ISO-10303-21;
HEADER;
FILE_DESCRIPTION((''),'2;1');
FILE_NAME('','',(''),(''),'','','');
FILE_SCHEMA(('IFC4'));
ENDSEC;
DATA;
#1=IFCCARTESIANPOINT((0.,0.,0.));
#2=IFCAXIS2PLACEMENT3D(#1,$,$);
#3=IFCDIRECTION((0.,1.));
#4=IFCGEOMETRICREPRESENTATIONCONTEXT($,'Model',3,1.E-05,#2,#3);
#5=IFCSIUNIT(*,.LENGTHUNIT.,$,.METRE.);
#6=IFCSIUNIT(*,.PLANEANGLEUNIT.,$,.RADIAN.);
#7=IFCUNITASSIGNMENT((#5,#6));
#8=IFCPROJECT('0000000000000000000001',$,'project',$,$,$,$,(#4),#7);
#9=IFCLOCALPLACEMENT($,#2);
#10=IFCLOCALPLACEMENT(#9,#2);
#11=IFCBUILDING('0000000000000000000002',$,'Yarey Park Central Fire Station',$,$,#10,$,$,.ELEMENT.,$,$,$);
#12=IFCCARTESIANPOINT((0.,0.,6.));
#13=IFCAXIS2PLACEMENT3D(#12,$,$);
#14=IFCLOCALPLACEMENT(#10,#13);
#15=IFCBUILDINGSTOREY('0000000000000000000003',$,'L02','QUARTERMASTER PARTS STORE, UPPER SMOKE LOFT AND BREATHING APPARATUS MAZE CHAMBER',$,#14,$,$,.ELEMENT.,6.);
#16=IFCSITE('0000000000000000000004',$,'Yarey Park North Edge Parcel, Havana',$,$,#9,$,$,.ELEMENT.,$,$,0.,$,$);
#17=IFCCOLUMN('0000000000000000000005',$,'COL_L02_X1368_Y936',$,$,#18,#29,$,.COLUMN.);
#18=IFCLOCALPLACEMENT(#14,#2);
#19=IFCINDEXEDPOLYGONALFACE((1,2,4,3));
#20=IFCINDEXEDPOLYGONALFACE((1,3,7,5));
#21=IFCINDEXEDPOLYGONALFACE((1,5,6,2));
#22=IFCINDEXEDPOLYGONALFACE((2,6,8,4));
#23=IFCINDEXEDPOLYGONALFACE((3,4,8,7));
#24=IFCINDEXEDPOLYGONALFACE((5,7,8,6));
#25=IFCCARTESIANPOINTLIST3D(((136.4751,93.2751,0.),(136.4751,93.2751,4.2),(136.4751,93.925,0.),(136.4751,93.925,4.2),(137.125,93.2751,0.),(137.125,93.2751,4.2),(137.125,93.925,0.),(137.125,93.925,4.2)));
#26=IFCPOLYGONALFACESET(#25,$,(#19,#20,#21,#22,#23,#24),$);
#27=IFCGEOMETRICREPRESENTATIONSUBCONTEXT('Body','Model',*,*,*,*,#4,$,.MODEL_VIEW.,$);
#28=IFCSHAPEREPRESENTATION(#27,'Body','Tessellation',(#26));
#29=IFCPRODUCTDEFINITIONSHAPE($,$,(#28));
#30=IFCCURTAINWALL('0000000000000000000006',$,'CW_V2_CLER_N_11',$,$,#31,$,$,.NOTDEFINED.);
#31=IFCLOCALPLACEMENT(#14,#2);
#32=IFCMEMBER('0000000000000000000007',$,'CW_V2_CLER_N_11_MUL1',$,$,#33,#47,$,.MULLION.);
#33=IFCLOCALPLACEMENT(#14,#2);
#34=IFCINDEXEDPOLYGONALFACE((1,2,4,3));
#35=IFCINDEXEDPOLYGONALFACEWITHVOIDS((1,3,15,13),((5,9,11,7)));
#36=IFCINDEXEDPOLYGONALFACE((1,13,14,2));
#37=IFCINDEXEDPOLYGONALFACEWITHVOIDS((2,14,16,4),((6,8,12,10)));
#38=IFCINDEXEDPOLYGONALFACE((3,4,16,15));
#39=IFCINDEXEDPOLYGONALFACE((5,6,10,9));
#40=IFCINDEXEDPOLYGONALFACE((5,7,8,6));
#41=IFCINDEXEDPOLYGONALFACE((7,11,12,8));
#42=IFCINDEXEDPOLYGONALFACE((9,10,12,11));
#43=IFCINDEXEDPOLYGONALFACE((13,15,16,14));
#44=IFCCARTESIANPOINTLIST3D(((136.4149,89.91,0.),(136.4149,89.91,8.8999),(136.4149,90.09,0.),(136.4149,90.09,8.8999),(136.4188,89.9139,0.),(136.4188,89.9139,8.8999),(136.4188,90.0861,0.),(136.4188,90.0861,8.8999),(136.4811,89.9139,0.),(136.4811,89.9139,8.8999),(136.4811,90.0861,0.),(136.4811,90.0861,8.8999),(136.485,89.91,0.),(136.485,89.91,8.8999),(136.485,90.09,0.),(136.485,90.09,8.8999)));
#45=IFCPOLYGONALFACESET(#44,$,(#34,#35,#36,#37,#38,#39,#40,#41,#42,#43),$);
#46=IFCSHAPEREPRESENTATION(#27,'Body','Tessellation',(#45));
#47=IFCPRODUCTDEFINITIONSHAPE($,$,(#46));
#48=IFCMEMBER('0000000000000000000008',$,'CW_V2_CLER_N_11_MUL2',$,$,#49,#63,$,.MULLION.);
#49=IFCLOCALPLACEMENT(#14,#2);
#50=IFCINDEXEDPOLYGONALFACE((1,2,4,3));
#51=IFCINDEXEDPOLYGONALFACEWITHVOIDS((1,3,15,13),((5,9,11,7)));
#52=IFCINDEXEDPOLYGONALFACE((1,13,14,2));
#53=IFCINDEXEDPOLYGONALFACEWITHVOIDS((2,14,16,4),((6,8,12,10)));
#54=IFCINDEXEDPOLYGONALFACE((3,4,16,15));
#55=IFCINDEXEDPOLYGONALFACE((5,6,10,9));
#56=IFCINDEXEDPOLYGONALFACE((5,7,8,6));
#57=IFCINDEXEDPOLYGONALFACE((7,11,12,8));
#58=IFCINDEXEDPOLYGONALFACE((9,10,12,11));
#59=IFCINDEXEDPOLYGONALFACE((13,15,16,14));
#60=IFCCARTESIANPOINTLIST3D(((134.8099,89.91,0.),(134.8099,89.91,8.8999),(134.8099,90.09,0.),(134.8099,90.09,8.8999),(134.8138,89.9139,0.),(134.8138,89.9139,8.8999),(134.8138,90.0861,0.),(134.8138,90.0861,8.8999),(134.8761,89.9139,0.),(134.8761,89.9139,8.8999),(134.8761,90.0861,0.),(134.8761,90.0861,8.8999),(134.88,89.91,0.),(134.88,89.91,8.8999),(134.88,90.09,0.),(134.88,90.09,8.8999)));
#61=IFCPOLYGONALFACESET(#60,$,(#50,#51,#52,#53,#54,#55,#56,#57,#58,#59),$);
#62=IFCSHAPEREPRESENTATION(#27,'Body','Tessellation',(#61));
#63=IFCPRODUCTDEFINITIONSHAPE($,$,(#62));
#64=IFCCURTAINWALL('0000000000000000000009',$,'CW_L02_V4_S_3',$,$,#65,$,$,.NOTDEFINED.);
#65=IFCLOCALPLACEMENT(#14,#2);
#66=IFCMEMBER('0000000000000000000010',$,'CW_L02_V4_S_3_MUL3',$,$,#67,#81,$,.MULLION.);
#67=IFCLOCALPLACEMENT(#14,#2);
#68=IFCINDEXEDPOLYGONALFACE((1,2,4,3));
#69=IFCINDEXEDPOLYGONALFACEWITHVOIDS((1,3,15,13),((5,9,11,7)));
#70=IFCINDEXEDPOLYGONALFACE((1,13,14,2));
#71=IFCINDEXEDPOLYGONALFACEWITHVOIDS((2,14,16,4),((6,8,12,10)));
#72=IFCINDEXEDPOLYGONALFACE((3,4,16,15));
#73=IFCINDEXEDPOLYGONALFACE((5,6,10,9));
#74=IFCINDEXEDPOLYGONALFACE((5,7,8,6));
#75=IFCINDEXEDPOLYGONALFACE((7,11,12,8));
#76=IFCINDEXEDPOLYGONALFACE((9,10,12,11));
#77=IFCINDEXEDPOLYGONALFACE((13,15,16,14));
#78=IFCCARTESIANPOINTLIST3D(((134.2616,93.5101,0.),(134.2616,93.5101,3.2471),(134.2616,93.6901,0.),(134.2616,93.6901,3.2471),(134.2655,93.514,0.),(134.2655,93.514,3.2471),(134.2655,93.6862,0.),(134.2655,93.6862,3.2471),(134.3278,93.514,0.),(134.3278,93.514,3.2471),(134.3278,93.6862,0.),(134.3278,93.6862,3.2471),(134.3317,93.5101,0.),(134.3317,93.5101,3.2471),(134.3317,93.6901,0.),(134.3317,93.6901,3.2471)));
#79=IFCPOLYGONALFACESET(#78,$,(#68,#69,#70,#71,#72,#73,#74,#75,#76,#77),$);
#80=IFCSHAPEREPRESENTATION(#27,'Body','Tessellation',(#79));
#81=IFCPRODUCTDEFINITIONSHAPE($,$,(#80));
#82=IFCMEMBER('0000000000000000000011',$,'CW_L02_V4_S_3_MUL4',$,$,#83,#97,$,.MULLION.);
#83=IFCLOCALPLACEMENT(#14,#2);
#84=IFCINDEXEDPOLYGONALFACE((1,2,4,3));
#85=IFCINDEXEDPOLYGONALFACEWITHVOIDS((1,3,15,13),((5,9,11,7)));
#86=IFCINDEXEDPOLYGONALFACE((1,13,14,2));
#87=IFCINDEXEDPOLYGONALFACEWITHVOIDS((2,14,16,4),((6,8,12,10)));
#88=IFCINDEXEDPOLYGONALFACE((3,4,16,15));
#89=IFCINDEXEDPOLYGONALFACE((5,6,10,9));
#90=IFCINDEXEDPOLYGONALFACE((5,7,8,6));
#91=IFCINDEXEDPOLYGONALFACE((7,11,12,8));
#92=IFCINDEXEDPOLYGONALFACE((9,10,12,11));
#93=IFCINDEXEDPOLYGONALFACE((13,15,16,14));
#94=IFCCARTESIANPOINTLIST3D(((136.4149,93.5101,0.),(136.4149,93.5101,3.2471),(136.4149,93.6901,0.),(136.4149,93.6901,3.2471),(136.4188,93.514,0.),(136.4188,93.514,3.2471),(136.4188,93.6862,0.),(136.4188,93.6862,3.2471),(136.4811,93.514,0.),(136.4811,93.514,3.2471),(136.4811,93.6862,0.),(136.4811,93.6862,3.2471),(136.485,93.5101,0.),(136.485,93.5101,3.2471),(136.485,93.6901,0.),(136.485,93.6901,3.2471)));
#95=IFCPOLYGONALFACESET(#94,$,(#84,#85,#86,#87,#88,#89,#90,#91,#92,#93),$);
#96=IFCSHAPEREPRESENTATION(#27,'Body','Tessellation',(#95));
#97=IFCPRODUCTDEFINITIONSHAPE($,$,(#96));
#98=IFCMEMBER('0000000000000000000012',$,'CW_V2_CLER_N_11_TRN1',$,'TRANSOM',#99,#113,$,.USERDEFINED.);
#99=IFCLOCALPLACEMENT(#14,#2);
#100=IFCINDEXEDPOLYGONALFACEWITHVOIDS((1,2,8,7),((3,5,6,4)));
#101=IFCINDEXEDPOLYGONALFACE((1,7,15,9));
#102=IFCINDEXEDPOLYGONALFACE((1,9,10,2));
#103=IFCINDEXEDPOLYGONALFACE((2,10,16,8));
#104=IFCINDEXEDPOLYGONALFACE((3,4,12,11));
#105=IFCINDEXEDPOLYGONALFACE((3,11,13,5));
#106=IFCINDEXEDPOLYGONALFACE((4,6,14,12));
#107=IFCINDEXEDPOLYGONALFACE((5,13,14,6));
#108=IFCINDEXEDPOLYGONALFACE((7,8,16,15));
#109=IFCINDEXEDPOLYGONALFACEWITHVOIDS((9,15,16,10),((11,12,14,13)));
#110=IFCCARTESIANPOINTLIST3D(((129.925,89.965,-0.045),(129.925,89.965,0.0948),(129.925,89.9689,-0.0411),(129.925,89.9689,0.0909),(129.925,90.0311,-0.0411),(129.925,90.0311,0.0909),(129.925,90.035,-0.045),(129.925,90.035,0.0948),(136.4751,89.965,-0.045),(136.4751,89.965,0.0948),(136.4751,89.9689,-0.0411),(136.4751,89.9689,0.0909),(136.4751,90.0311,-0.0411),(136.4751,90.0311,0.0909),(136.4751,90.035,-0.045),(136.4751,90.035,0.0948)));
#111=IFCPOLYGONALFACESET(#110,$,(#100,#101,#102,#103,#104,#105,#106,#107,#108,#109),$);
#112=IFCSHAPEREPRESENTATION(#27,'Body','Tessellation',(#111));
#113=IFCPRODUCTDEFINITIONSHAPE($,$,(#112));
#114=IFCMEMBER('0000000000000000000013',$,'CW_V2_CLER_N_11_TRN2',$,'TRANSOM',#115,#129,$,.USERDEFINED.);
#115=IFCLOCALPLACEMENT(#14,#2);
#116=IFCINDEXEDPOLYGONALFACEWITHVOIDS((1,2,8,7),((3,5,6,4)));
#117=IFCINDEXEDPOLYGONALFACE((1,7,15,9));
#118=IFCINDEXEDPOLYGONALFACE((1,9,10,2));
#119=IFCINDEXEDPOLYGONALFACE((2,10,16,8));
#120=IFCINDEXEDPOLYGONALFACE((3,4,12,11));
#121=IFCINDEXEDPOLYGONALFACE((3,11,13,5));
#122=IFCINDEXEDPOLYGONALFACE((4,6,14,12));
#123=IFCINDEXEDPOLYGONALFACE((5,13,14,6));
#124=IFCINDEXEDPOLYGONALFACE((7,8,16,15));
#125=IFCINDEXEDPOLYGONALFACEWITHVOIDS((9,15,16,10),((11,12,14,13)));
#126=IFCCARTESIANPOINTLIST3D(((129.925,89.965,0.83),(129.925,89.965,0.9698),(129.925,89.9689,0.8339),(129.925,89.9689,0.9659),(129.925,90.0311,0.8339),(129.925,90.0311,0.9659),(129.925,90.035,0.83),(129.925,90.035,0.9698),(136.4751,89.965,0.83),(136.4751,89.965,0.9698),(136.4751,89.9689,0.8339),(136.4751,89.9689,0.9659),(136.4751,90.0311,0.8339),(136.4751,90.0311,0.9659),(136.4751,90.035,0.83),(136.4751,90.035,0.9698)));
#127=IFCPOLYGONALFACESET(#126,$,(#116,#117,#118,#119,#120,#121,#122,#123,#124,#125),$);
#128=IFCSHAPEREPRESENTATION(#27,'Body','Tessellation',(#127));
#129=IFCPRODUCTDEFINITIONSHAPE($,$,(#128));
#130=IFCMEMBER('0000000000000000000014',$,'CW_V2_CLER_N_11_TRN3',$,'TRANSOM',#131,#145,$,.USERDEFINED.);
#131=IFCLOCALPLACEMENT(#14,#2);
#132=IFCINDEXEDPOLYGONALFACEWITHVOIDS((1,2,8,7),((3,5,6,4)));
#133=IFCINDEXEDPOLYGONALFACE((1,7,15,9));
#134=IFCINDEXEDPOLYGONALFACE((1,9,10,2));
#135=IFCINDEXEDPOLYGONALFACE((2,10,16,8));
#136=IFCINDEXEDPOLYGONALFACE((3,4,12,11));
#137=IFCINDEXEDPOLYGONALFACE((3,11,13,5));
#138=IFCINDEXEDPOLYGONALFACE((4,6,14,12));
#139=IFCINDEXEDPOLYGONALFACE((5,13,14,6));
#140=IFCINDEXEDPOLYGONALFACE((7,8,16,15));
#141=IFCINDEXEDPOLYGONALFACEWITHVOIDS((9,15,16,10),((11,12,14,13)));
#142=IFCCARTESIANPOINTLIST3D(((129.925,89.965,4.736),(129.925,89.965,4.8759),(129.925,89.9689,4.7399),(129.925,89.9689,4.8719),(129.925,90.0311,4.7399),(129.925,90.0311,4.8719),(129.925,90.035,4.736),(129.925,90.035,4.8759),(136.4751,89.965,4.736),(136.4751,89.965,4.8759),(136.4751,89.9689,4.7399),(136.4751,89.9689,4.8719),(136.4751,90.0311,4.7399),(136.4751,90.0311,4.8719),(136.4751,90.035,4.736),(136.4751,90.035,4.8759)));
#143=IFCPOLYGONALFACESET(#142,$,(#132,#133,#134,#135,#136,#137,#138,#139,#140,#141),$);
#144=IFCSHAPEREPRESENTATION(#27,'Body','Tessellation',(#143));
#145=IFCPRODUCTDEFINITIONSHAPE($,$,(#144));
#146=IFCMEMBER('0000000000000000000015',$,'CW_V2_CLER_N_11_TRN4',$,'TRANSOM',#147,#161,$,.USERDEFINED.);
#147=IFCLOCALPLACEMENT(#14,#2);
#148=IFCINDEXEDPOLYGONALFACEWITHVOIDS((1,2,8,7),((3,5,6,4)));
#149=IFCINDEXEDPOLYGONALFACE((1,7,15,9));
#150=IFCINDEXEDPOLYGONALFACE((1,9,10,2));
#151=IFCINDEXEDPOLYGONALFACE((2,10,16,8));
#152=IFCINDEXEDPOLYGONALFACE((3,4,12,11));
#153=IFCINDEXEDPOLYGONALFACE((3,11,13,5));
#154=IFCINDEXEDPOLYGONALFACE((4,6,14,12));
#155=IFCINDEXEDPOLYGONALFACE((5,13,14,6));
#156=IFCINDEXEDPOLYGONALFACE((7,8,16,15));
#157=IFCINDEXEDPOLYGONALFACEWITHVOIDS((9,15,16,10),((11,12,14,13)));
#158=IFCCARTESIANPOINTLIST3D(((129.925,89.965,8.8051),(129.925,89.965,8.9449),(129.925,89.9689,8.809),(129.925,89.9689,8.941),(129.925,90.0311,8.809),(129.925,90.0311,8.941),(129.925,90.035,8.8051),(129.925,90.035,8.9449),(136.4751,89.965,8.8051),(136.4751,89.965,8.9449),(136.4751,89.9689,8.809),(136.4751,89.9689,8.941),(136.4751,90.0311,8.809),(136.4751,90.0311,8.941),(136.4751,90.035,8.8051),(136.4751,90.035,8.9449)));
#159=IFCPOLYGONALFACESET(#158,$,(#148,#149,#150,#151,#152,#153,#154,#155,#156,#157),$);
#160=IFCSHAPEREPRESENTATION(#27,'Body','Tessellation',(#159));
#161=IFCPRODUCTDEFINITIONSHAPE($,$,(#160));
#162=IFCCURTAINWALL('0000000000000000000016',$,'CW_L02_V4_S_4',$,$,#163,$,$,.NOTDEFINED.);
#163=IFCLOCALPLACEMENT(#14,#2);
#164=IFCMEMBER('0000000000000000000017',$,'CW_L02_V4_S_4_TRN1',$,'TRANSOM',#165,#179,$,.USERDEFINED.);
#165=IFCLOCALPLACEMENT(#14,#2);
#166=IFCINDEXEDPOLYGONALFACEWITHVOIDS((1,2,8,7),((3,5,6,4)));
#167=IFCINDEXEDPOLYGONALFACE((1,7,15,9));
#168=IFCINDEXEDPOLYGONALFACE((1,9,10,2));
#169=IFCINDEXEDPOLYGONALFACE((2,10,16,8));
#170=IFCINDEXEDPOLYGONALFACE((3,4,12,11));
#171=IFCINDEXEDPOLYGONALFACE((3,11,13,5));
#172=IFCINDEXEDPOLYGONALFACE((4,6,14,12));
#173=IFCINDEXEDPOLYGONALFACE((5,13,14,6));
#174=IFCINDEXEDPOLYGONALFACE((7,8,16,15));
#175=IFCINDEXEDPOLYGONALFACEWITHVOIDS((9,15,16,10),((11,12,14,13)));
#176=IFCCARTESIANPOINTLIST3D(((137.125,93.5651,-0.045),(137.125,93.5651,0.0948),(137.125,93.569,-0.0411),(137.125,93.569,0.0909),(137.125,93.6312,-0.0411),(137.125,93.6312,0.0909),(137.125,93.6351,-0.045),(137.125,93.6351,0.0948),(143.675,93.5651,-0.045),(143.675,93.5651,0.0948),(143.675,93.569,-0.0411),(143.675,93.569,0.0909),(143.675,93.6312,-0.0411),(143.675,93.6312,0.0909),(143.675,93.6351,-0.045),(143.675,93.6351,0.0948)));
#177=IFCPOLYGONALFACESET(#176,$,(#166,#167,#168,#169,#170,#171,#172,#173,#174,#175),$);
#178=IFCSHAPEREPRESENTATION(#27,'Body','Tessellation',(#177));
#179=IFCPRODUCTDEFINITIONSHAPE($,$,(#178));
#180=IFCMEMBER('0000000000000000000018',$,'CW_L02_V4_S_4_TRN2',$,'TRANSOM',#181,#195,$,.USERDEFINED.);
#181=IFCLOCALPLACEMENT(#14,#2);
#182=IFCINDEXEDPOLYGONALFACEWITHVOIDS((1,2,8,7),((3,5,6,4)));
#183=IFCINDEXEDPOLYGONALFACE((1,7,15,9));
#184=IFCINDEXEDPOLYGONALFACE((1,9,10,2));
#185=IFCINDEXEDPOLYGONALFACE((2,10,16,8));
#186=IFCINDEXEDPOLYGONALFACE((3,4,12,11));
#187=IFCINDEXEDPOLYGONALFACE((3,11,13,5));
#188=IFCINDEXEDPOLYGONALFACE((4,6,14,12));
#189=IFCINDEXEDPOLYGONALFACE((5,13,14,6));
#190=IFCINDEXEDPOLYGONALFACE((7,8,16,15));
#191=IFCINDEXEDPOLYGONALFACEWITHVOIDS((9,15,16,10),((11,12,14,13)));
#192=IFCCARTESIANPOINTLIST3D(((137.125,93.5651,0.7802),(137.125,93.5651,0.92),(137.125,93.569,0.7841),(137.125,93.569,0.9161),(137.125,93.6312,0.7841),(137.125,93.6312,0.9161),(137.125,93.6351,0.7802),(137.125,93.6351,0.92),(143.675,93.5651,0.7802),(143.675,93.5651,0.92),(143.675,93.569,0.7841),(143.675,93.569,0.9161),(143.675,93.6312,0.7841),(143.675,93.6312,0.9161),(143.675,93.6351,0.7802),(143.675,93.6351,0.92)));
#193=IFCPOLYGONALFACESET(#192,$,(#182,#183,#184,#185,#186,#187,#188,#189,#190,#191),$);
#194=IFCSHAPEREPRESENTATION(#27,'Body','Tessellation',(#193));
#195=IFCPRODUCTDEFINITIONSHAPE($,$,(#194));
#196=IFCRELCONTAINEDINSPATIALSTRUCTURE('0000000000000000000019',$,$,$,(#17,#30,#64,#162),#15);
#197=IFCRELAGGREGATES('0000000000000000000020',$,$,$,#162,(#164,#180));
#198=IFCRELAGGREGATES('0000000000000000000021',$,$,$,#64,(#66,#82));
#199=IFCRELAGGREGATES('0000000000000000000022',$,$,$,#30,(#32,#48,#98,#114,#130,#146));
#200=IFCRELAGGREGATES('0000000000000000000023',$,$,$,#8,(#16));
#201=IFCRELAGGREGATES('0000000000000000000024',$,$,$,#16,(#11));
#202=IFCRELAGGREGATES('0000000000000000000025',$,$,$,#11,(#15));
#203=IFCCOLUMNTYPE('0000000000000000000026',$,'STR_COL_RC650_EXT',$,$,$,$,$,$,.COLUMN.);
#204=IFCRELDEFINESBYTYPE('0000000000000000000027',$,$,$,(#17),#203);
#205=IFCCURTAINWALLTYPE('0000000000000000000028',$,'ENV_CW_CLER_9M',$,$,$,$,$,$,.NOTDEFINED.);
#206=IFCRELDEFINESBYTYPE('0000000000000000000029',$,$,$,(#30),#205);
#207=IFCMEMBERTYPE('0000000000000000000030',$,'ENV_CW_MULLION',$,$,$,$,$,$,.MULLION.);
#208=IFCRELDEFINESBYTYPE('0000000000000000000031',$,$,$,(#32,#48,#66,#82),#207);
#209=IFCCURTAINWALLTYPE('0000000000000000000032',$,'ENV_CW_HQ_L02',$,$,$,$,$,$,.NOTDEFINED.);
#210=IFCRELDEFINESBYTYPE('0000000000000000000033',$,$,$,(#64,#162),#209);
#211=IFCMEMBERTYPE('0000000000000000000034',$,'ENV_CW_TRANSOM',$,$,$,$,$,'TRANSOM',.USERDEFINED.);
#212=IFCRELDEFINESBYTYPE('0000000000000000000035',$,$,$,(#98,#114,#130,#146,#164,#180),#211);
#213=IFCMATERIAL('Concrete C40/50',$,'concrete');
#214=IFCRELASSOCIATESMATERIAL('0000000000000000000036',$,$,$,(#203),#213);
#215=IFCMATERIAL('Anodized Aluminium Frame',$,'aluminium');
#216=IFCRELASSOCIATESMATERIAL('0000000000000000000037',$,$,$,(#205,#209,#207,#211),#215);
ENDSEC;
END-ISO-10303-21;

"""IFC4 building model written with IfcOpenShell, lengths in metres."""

from ifc_helpers import new_model, si_unit, direction, frame, origin, origin_2d, place, context, subcontext, project, spatial, rectangle, hollow_rectangle, extrude, material, material_profile, profile_set, type_object, element, aggregate, save


model = new_model("IFC4")

# Units and contexts
model_context = context("Model", 3, precision=1e-05, world=origin(), true_north=direction((0.0, 1.0)))
body_context = subcontext(model_context, "Body", "Model", "MODEL_VIEW")
ifc_project = project(units=[si_unit("LENGTHUNIT", "METRE"), si_unit("PLANEANGLEUNIT", "RADIAN")], contexts=[model_context])

# Site, building, storey
site_placement = place(None, origin())
site = spatial("IfcSite", under=ifc_project, at=site_placement, Name="Yarey Park North Edge Parcel, Havana", CompositionType="ELEMENT", RefElevation=0.0)
building_placement = place(site_placement, origin())
building = spatial("IfcBuilding", under=site, at=building_placement, Name="Yarey Park Central Fire Station", CompositionType="ELEMENT")
storey_placement = place(building_placement, frame((0.0, 0.0, 6.0)))
storey = spatial("IfcBuildingStorey", under=building, at=storey_placement, Name="L02", Description="QUARTERMASTER PARTS STORE, UPPER SMOKE LOFT AND BREATHING APPARATUS MAZE CHAMBER", CompositionType="ELEMENT", Elevation=6.0)

# Column
ifc_material_1 = material(Name="Concrete C40/50", Category="concrete")
ifc_material_profile_1 = material_profile(ifc_material_1, rectangle(XDim=0.6499, YDim=0.6499, at=origin_2d()), Name="RC 650x650")
ifc_profile_set_1 = profile_set([ifc_material_profile_1], Name="Concrete C40/50")
column_type = type_object("IfcColumnType", Name="STR_COL_RC650_EXT", PredefinedType="COLUMN", material=ifc_profile_set_1)
column_placement = place(storey_placement, frame((136.8, 93.6001, 0.0), z_axis=(0.0, 0.0, 1.0), x_axis=(1.0, 0.0, 0.0)))
element("IfcColumn", 1, at=column_placement, inside=storey, type_object=column_type, Name="COL_L02_X1368_Y936", PredefinedType="COLUMN", context=body_context, shape_type="SweptSolid", body=[
    extrude(rectangle(XDim=0.6499, YDim=0.6499, at=origin_2d()), origin(), (0.0, 0.0, 1.0), 4.2),
])

# Curtain walls, members
ifc_material_2 = material(Name="Anodized Aluminium Frame", Category="aluminium")
curtain_wall_type_1 = type_object("IfcCurtainWallType", Name="ENV_CW_CLER_9M", PredefinedType="NOTDEFINED", material=ifc_material_2)
curtain_wall_1_placement = place(storey_placement, origin())
curtain_wall_1 = element("IfcCurtainWall", 2, at=curtain_wall_1_placement, inside=storey, type_object=curtain_wall_type_1, Name="CW_V2_CLER_N_11", PredefinedType="NOTDEFINED")
ifc_material_profile_2 = material_profile(ifc_material_2, hollow_rectangle(XDim=0.0701, YDim=0.1799, WallThickness=0.0039, at=origin_2d()), Name="ALU 180x70x4")
ifc_profile_set_2 = profile_set([ifc_material_profile_2], Name="Anodized Aluminium Frame")
member_type_1 = type_object("IfcMemberType", Name="ENV_CW_MULLION", PredefinedType="MULLION", material=ifc_profile_set_2)
member_1_placement = place(storey_placement, frame((136.45, 90.0, 0.0), z_axis=(0.0, 0.0, 1.0), x_axis=(1.0, 0.0, 0.0)))
member_1 = element("IfcMember", 3, at=member_1_placement, type_object=member_type_1, Name="CW_V2_CLER_N_11_MUL1", PredefinedType="MULLION", context=body_context, shape_type="SweptSolid", body=[
    extrude(hollow_rectangle(XDim=0.0701, YDim=0.1799, WallThickness=0.0039, at=origin_2d()), origin(), (0.0, 0.0, 1.0), 8.8999),
])
member_2_placement = place(storey_placement, frame((134.845, 90.0, 0.0), z_axis=(0.0, 0.0, 1.0), x_axis=(1.0, 0.0, 0.0)))
member_2 = element("IfcMember", 4, at=member_2_placement, type_object=member_type_1, Name="CW_V2_CLER_N_11_MUL2", PredefinedType="MULLION", context=body_context, shape_type="SweptSolid", body=[
    extrude(hollow_rectangle(XDim=0.0701, YDim=0.1799, WallThickness=0.0039, at=origin_2d()), origin(), (0.0, 0.0, 1.0), 8.8999),
])
curtain_wall_type_2 = type_object("IfcCurtainWallType", Name="ENV_CW_HQ_L02", PredefinedType="NOTDEFINED", material=ifc_material_2)
curtain_wall_2_placement = place(storey_placement, origin())
curtain_wall_2 = element("IfcCurtainWall", 5, at=curtain_wall_2_placement, inside=storey, type_object=curtain_wall_type_2, Name="CW_L02_V4_S_3", PredefinedType="NOTDEFINED")
member_3_placement = place(storey_placement, frame((134.2966, 93.6001, 0.0), z_axis=(0.0, 0.0, 1.0), x_axis=(1.0, 0.0, 0.0)))
member_3 = element("IfcMember", 6, at=member_3_placement, type_object=member_type_1, Name="CW_L02_V4_S_3_MUL3", PredefinedType="MULLION", context=body_context, shape_type="SweptSolid", body=[
    extrude(hollow_rectangle(XDim=0.0701, YDim=0.1799, WallThickness=0.0039, at=origin_2d()), origin(), (0.0, 0.0, 1.0), 3.2471),
])
member_4_placement = place(storey_placement, frame((136.45, 93.6001, 0.0), z_axis=(0.0, 0.0, 1.0), x_axis=(1.0, 0.0, 0.0)))
member_4 = element("IfcMember", 7, at=member_4_placement, type_object=member_type_1, Name="CW_L02_V4_S_3_MUL4", PredefinedType="MULLION", context=body_context, shape_type="SweptSolid", body=[
    extrude(hollow_rectangle(XDim=0.0701, YDim=0.1799, WallThickness=0.0039, at=origin_2d()), origin(), (0.0, 0.0, 1.0), 3.2471),
])

# Members
ifc_material_profile_3 = material_profile(ifc_material_2, hollow_rectangle(XDim=0.0701, YDim=0.1399, WallThickness=0.0039, at=origin_2d()), Name="ALU 140x70x4")
ifc_profile_set_3 = profile_set([ifc_material_profile_3], Name="Anodized Aluminium Frame")
member_type_2 = type_object("IfcMemberType", Name="ENV_CW_TRANSOM", ElementType="TRANSOM", PredefinedType="USERDEFINED", material=ifc_profile_set_3)
member_5_placement = place(storey_placement, frame((136.4751, 90.0, 0.0249), z_axis=(-1.0, 0.0, 0.0), x_axis=(0.0, -1.0, 0.0)))
member_5 = element("IfcMember", 8, at=member_5_placement, type_object=member_type_2, Name="CW_V2_CLER_N_11_TRN1", ObjectType="TRANSOM", PredefinedType="USERDEFINED", context=body_context, shape_type="SweptSolid", body=[
    extrude(hollow_rectangle(XDim=0.0701, YDim=0.1399, WallThickness=0.0039, at=origin_2d()), origin(), (0.0, 0.0, 1.0), 6.55),
])
member_6_placement = place(storey_placement, frame((136.4751, 90.0, 0.8999), z_axis=(-1.0, 0.0, 0.0), x_axis=(0.0, -1.0, 0.0)))
member_6 = element("IfcMember", 9, at=member_6_placement, type_object=member_type_2, Name="CW_V2_CLER_N_11_TRN2", ObjectType="TRANSOM", PredefinedType="USERDEFINED", context=body_context, shape_type="SweptSolid", body=[
    extrude(hollow_rectangle(XDim=0.0701, YDim=0.1399, WallThickness=0.0039, at=origin_2d()), origin(), (0.0, 0.0, 1.0), 6.55),
])
member_7_placement = place(storey_placement, frame((136.4751, 90.0, 4.8059), z_axis=(-1.0, 0.0, 0.0), x_axis=(0.0, -1.0, 0.0)))
member_7 = element("IfcMember", 10, at=member_7_placement, type_object=member_type_2, Name="CW_V2_CLER_N_11_TRN3", ObjectType="TRANSOM", PredefinedType="USERDEFINED", context=body_context, shape_type="SweptSolid", body=[
    extrude(hollow_rectangle(XDim=0.0701, YDim=0.1399, WallThickness=0.0039, at=origin_2d()), origin(), (0.0, 0.0, 1.0), 6.55),
])
member_8_placement = place(storey_placement, frame((136.4751, 90.0, 8.875), z_axis=(-1.0, 0.0, 0.0), x_axis=(0.0, -1.0, 0.0)))
member_8 = element("IfcMember", 11, at=member_8_placement, type_object=member_type_2, Name="CW_V2_CLER_N_11_TRN4", ObjectType="TRANSOM", PredefinedType="USERDEFINED", context=body_context, shape_type="SweptSolid", body=[
    extrude(hollow_rectangle(XDim=0.0701, YDim=0.1399, WallThickness=0.0039, at=origin_2d()), origin(), (0.0, 0.0, 1.0), 6.55),
])

# Curtain wall, members
curtain_wall_3_placement = place(storey_placement, origin())
curtain_wall_3 = element("IfcCurtainWall", 12, at=curtain_wall_3_placement, inside=storey, type_object=curtain_wall_type_2, Name="CW_L02_V4_S_4", PredefinedType="NOTDEFINED")
member_9_placement = place(storey_placement, frame((137.125, 93.6001, 0.0249), z_axis=(1.0, 0.0, 0.0), x_axis=(0.0, 1.0, 0.0)))
member_9 = element("IfcMember", 13, at=member_9_placement, type_object=member_type_2, Name="CW_L02_V4_S_4_TRN1", ObjectType="TRANSOM", PredefinedType="USERDEFINED", context=body_context, shape_type="SweptSolid", body=[
    extrude(hollow_rectangle(XDim=0.0701, YDim=0.1399, WallThickness=0.0039, at=origin_2d()), origin(), (0.0, 0.0, 1.0), 6.55),
])
member_10_placement = place(storey_placement, frame((137.125, 93.6001, 0.8501), z_axis=(1.0, 0.0, 0.0), x_axis=(0.0, 1.0, 0.0)))
member_10 = element("IfcMember", 14, at=member_10_placement, type_object=member_type_2, Name="CW_L02_V4_S_4_TRN2", ObjectType="TRANSOM", PredefinedType="USERDEFINED", context=body_context, shape_type="SweptSolid", body=[
    extrude(hollow_rectangle(XDim=0.0701, YDim=0.1399, WallThickness=0.0039, at=origin_2d()), origin(), (0.0, 0.0, 1.0), 6.55),
])
aggregate(curtain_wall_3, [member_9, member_10])

aggregate(curtain_wall_2, [member_3, member_4])
aggregate(curtain_wall_1, [member_1, member_2, member_5, member_6, member_7, member_8])

save(model, "model.ifc")
